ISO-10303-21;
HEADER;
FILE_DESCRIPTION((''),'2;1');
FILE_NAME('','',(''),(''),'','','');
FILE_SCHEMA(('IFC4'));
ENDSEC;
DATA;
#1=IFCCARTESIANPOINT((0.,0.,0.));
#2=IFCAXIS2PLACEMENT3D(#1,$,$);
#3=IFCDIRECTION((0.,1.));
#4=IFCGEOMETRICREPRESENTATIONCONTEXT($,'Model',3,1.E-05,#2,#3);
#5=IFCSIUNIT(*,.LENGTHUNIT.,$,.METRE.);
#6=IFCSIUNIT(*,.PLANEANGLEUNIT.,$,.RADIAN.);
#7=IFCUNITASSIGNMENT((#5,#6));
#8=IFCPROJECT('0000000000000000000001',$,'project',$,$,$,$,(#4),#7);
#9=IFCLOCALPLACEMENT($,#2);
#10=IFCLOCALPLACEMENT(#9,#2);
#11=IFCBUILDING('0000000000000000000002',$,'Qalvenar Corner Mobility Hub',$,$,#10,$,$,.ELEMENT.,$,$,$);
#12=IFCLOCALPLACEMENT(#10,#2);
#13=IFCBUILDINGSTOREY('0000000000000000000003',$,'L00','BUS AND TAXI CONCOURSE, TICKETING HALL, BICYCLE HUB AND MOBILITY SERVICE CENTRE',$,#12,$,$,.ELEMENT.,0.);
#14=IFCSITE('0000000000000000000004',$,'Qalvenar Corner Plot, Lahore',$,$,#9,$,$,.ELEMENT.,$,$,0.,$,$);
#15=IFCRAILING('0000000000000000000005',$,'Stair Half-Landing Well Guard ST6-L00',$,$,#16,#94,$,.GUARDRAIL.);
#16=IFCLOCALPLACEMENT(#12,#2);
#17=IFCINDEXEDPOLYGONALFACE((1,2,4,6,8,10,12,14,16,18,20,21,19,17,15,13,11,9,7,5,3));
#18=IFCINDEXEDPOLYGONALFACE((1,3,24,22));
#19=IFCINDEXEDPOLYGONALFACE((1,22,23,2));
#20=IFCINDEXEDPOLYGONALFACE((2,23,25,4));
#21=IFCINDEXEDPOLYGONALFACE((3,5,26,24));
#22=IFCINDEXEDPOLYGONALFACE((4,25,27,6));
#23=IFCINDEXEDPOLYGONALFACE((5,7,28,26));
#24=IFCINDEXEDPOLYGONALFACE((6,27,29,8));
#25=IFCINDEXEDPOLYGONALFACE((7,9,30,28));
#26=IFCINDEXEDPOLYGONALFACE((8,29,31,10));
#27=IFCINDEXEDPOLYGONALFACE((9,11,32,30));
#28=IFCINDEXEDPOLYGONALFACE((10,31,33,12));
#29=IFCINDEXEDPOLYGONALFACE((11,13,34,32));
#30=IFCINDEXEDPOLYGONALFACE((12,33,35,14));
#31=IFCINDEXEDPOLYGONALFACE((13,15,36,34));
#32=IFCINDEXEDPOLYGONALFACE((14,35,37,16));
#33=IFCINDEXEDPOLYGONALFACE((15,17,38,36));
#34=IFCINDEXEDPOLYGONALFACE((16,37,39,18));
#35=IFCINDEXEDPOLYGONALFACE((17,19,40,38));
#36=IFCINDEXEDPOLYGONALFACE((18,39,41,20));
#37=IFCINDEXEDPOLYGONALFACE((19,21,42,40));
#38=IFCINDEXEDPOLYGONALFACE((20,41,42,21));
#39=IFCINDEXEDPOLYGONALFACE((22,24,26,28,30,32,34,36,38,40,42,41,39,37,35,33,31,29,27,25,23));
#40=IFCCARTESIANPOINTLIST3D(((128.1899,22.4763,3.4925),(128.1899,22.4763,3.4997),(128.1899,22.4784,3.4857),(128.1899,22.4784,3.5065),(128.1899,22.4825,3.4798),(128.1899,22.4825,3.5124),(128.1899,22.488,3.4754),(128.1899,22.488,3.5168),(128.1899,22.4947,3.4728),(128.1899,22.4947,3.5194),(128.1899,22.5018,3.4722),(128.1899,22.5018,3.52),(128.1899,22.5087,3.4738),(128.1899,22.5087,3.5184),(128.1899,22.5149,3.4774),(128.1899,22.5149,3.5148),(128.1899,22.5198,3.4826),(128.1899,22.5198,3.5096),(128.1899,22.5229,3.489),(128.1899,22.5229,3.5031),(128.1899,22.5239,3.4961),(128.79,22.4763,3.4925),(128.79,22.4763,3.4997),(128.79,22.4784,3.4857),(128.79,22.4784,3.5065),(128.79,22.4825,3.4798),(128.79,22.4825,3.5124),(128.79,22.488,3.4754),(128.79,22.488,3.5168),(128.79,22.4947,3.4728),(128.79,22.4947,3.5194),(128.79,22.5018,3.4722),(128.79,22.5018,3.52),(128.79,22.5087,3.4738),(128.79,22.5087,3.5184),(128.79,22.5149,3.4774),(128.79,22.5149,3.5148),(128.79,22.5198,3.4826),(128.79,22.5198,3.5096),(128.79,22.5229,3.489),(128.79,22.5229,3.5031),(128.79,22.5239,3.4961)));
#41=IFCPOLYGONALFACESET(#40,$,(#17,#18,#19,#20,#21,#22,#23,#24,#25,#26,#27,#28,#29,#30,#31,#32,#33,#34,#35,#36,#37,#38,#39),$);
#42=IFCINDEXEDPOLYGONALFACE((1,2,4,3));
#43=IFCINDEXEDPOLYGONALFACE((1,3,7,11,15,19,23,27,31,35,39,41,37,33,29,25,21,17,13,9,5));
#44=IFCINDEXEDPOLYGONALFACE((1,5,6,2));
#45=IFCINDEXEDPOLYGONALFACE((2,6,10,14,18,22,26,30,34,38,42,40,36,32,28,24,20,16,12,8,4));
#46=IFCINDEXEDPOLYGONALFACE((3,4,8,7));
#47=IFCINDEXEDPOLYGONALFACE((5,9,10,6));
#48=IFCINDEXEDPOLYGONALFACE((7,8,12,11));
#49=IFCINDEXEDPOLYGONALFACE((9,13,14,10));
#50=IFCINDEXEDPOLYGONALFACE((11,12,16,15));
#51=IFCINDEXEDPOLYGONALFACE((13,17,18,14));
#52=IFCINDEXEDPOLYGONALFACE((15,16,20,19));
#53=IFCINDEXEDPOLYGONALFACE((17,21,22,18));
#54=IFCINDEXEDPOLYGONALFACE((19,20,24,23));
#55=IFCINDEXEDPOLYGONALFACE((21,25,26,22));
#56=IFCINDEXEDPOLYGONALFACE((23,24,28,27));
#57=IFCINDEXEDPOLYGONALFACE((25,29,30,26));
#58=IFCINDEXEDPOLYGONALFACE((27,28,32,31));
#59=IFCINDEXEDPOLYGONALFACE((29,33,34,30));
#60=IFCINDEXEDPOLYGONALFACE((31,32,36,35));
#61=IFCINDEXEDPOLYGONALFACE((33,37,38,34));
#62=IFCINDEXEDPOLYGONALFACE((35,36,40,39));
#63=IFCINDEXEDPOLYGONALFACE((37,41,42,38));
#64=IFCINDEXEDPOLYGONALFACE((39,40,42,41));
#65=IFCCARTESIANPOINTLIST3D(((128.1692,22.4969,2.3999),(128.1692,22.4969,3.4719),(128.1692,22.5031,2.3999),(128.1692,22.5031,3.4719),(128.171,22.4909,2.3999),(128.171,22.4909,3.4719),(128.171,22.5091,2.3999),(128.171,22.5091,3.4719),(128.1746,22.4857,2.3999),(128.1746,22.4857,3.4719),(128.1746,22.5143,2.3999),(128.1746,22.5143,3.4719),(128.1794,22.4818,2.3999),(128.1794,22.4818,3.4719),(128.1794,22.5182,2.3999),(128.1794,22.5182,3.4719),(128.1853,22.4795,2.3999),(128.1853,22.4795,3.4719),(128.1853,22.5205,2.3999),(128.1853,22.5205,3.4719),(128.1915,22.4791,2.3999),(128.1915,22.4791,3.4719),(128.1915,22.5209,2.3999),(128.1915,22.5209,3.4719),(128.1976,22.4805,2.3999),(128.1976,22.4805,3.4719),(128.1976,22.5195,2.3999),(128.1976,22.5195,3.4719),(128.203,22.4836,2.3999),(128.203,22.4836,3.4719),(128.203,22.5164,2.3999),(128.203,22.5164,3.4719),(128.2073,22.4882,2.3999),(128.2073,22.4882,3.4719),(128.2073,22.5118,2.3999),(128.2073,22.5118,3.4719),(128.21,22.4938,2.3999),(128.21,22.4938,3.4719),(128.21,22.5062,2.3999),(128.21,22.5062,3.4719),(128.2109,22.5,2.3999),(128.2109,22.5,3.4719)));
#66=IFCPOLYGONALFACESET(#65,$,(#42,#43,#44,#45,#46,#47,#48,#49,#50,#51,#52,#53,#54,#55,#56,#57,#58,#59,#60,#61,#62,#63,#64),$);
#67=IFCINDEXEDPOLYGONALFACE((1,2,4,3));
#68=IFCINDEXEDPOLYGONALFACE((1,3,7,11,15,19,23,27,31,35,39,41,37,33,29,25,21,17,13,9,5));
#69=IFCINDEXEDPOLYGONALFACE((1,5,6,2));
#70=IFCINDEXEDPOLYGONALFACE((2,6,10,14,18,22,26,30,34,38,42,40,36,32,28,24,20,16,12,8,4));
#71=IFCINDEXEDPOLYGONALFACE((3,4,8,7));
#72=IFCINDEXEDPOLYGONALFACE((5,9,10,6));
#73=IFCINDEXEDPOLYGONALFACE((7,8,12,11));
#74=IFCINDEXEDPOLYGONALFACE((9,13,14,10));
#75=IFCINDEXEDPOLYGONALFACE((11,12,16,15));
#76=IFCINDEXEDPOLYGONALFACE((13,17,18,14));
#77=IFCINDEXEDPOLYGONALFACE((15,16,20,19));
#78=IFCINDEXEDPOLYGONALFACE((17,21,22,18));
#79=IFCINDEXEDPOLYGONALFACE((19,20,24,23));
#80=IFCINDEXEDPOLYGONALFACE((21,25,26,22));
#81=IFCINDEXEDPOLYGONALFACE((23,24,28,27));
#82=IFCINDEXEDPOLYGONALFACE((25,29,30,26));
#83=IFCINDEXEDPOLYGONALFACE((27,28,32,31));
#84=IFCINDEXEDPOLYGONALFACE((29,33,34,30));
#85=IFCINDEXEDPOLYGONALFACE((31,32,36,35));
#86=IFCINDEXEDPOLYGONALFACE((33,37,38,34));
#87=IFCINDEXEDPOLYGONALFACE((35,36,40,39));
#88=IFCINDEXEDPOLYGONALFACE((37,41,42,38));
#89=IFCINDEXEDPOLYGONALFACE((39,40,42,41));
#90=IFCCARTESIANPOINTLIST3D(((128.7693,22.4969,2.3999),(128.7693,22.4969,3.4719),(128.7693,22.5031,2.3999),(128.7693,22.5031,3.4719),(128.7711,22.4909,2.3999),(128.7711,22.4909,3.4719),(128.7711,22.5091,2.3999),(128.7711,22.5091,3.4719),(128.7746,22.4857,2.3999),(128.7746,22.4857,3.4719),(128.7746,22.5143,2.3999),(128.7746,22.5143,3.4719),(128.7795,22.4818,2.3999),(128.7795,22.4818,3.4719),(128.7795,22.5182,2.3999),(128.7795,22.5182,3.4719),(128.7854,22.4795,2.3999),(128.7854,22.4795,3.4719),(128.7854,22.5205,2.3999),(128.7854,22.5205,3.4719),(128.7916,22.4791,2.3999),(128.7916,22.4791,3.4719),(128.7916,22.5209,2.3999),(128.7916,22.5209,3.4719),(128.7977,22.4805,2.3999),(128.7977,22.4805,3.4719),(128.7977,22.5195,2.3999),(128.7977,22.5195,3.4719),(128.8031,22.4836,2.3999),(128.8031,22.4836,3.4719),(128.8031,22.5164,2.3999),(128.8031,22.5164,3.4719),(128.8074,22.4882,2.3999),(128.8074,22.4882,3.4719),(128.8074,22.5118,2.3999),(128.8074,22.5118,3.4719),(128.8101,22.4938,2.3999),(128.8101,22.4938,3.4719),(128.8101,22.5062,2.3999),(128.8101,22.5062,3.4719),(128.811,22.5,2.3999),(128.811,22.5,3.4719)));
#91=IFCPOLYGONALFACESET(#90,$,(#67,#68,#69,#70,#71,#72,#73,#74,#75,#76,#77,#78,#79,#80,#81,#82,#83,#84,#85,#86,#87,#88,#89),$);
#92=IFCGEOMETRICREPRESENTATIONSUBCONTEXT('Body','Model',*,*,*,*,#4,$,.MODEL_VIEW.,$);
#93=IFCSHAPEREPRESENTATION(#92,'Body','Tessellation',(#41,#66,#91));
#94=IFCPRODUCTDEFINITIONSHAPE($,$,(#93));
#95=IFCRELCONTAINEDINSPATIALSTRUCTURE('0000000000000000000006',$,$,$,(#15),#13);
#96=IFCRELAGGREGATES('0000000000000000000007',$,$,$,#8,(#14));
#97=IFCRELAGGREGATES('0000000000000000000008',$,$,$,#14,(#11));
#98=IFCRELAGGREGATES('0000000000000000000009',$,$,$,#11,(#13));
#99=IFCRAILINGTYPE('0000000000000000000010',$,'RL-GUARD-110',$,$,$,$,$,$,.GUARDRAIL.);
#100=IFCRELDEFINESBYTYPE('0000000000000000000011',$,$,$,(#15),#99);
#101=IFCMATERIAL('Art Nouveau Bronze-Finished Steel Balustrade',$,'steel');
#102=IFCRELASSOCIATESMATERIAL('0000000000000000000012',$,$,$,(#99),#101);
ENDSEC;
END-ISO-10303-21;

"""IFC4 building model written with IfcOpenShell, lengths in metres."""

from ifc_helpers import new_model, si_unit, direction, frame, origin, origin_2d, place, context, subcontext, project, spatial, circle, extrude, material, type_object, element, save


model = new_model("IFC4")

# Units and contexts
model_context = context("Model", 3, precision=1e-05, world=origin(), true_north=direction((0.0, 1.0)))
body_context = subcontext(model_context, "Body", "Model", "MODEL_VIEW")
ifc_project = project(units=[si_unit("LENGTHUNIT", "METRE"), si_unit("PLANEANGLEUNIT", "RADIAN")], contexts=[model_context])

# Site, building, storey
site_placement = place(None, origin())
site = spatial("IfcSite", under=ifc_project, at=site_placement, Name="Qalvenar Corner Plot, Lahore", CompositionType="ELEMENT", RefElevation=0.0)
building_placement = place(site_placement, origin())
building = spatial("IfcBuilding", under=site, at=building_placement, Name="Qalvenar Corner Mobility Hub", CompositionType="ELEMENT")
storey_placement = place(building_placement, origin())
storey = spatial("IfcBuildingStorey", under=building, at=storey_placement, Name="L00", Description="BUS AND TAXI CONCOURSE, TICKETING HALL, BICYCLE HUB AND MOBILITY SERVICE CENTRE", CompositionType="ELEMENT", Elevation=0.0)

# Railing
ifc_material_1 = material(Name="Art Nouveau Bronze-Finished Steel Balustrade", Category="steel")
railing_type_1 = type_object("IfcRailingType", Name="RL-GUARD-110", PredefinedType="GUARDRAIL", material=ifc_material_1)
for number, where, name in (
    (1, (128.1899, 22.5, 2.3999), "Stair Half-Landing Well Guard ST6-L00"),
):
    element("IfcRailing", number, at=place(storey_placement, frame(where)), inside=storey, type_object=railing_type_1, Name=name, PredefinedType="GUARDRAIL", context=body_context, shape_type="SweptSolid", body=[
        extrude(circle(Radius=0.0239, at=origin_2d()), frame((0.0, 0.0, 1.0962), z_axis=(1.0, 0.0, 0.0), x_axis=(0.0, 1.0, 0.0)), (0.0, 0.0, 1.0), 0.6001),
        extrude(circle(Radius=0.021, at=origin_2d()), origin(), (0.0, 0.0, 1.0), 1.072),
        extrude(circle(Radius=0.021, at=origin_2d()), frame((0.6001, 0.0, 0.0)), (0.0, 0.0, 1.0), 1.072),
    ])

save(model, "model.ifc")
